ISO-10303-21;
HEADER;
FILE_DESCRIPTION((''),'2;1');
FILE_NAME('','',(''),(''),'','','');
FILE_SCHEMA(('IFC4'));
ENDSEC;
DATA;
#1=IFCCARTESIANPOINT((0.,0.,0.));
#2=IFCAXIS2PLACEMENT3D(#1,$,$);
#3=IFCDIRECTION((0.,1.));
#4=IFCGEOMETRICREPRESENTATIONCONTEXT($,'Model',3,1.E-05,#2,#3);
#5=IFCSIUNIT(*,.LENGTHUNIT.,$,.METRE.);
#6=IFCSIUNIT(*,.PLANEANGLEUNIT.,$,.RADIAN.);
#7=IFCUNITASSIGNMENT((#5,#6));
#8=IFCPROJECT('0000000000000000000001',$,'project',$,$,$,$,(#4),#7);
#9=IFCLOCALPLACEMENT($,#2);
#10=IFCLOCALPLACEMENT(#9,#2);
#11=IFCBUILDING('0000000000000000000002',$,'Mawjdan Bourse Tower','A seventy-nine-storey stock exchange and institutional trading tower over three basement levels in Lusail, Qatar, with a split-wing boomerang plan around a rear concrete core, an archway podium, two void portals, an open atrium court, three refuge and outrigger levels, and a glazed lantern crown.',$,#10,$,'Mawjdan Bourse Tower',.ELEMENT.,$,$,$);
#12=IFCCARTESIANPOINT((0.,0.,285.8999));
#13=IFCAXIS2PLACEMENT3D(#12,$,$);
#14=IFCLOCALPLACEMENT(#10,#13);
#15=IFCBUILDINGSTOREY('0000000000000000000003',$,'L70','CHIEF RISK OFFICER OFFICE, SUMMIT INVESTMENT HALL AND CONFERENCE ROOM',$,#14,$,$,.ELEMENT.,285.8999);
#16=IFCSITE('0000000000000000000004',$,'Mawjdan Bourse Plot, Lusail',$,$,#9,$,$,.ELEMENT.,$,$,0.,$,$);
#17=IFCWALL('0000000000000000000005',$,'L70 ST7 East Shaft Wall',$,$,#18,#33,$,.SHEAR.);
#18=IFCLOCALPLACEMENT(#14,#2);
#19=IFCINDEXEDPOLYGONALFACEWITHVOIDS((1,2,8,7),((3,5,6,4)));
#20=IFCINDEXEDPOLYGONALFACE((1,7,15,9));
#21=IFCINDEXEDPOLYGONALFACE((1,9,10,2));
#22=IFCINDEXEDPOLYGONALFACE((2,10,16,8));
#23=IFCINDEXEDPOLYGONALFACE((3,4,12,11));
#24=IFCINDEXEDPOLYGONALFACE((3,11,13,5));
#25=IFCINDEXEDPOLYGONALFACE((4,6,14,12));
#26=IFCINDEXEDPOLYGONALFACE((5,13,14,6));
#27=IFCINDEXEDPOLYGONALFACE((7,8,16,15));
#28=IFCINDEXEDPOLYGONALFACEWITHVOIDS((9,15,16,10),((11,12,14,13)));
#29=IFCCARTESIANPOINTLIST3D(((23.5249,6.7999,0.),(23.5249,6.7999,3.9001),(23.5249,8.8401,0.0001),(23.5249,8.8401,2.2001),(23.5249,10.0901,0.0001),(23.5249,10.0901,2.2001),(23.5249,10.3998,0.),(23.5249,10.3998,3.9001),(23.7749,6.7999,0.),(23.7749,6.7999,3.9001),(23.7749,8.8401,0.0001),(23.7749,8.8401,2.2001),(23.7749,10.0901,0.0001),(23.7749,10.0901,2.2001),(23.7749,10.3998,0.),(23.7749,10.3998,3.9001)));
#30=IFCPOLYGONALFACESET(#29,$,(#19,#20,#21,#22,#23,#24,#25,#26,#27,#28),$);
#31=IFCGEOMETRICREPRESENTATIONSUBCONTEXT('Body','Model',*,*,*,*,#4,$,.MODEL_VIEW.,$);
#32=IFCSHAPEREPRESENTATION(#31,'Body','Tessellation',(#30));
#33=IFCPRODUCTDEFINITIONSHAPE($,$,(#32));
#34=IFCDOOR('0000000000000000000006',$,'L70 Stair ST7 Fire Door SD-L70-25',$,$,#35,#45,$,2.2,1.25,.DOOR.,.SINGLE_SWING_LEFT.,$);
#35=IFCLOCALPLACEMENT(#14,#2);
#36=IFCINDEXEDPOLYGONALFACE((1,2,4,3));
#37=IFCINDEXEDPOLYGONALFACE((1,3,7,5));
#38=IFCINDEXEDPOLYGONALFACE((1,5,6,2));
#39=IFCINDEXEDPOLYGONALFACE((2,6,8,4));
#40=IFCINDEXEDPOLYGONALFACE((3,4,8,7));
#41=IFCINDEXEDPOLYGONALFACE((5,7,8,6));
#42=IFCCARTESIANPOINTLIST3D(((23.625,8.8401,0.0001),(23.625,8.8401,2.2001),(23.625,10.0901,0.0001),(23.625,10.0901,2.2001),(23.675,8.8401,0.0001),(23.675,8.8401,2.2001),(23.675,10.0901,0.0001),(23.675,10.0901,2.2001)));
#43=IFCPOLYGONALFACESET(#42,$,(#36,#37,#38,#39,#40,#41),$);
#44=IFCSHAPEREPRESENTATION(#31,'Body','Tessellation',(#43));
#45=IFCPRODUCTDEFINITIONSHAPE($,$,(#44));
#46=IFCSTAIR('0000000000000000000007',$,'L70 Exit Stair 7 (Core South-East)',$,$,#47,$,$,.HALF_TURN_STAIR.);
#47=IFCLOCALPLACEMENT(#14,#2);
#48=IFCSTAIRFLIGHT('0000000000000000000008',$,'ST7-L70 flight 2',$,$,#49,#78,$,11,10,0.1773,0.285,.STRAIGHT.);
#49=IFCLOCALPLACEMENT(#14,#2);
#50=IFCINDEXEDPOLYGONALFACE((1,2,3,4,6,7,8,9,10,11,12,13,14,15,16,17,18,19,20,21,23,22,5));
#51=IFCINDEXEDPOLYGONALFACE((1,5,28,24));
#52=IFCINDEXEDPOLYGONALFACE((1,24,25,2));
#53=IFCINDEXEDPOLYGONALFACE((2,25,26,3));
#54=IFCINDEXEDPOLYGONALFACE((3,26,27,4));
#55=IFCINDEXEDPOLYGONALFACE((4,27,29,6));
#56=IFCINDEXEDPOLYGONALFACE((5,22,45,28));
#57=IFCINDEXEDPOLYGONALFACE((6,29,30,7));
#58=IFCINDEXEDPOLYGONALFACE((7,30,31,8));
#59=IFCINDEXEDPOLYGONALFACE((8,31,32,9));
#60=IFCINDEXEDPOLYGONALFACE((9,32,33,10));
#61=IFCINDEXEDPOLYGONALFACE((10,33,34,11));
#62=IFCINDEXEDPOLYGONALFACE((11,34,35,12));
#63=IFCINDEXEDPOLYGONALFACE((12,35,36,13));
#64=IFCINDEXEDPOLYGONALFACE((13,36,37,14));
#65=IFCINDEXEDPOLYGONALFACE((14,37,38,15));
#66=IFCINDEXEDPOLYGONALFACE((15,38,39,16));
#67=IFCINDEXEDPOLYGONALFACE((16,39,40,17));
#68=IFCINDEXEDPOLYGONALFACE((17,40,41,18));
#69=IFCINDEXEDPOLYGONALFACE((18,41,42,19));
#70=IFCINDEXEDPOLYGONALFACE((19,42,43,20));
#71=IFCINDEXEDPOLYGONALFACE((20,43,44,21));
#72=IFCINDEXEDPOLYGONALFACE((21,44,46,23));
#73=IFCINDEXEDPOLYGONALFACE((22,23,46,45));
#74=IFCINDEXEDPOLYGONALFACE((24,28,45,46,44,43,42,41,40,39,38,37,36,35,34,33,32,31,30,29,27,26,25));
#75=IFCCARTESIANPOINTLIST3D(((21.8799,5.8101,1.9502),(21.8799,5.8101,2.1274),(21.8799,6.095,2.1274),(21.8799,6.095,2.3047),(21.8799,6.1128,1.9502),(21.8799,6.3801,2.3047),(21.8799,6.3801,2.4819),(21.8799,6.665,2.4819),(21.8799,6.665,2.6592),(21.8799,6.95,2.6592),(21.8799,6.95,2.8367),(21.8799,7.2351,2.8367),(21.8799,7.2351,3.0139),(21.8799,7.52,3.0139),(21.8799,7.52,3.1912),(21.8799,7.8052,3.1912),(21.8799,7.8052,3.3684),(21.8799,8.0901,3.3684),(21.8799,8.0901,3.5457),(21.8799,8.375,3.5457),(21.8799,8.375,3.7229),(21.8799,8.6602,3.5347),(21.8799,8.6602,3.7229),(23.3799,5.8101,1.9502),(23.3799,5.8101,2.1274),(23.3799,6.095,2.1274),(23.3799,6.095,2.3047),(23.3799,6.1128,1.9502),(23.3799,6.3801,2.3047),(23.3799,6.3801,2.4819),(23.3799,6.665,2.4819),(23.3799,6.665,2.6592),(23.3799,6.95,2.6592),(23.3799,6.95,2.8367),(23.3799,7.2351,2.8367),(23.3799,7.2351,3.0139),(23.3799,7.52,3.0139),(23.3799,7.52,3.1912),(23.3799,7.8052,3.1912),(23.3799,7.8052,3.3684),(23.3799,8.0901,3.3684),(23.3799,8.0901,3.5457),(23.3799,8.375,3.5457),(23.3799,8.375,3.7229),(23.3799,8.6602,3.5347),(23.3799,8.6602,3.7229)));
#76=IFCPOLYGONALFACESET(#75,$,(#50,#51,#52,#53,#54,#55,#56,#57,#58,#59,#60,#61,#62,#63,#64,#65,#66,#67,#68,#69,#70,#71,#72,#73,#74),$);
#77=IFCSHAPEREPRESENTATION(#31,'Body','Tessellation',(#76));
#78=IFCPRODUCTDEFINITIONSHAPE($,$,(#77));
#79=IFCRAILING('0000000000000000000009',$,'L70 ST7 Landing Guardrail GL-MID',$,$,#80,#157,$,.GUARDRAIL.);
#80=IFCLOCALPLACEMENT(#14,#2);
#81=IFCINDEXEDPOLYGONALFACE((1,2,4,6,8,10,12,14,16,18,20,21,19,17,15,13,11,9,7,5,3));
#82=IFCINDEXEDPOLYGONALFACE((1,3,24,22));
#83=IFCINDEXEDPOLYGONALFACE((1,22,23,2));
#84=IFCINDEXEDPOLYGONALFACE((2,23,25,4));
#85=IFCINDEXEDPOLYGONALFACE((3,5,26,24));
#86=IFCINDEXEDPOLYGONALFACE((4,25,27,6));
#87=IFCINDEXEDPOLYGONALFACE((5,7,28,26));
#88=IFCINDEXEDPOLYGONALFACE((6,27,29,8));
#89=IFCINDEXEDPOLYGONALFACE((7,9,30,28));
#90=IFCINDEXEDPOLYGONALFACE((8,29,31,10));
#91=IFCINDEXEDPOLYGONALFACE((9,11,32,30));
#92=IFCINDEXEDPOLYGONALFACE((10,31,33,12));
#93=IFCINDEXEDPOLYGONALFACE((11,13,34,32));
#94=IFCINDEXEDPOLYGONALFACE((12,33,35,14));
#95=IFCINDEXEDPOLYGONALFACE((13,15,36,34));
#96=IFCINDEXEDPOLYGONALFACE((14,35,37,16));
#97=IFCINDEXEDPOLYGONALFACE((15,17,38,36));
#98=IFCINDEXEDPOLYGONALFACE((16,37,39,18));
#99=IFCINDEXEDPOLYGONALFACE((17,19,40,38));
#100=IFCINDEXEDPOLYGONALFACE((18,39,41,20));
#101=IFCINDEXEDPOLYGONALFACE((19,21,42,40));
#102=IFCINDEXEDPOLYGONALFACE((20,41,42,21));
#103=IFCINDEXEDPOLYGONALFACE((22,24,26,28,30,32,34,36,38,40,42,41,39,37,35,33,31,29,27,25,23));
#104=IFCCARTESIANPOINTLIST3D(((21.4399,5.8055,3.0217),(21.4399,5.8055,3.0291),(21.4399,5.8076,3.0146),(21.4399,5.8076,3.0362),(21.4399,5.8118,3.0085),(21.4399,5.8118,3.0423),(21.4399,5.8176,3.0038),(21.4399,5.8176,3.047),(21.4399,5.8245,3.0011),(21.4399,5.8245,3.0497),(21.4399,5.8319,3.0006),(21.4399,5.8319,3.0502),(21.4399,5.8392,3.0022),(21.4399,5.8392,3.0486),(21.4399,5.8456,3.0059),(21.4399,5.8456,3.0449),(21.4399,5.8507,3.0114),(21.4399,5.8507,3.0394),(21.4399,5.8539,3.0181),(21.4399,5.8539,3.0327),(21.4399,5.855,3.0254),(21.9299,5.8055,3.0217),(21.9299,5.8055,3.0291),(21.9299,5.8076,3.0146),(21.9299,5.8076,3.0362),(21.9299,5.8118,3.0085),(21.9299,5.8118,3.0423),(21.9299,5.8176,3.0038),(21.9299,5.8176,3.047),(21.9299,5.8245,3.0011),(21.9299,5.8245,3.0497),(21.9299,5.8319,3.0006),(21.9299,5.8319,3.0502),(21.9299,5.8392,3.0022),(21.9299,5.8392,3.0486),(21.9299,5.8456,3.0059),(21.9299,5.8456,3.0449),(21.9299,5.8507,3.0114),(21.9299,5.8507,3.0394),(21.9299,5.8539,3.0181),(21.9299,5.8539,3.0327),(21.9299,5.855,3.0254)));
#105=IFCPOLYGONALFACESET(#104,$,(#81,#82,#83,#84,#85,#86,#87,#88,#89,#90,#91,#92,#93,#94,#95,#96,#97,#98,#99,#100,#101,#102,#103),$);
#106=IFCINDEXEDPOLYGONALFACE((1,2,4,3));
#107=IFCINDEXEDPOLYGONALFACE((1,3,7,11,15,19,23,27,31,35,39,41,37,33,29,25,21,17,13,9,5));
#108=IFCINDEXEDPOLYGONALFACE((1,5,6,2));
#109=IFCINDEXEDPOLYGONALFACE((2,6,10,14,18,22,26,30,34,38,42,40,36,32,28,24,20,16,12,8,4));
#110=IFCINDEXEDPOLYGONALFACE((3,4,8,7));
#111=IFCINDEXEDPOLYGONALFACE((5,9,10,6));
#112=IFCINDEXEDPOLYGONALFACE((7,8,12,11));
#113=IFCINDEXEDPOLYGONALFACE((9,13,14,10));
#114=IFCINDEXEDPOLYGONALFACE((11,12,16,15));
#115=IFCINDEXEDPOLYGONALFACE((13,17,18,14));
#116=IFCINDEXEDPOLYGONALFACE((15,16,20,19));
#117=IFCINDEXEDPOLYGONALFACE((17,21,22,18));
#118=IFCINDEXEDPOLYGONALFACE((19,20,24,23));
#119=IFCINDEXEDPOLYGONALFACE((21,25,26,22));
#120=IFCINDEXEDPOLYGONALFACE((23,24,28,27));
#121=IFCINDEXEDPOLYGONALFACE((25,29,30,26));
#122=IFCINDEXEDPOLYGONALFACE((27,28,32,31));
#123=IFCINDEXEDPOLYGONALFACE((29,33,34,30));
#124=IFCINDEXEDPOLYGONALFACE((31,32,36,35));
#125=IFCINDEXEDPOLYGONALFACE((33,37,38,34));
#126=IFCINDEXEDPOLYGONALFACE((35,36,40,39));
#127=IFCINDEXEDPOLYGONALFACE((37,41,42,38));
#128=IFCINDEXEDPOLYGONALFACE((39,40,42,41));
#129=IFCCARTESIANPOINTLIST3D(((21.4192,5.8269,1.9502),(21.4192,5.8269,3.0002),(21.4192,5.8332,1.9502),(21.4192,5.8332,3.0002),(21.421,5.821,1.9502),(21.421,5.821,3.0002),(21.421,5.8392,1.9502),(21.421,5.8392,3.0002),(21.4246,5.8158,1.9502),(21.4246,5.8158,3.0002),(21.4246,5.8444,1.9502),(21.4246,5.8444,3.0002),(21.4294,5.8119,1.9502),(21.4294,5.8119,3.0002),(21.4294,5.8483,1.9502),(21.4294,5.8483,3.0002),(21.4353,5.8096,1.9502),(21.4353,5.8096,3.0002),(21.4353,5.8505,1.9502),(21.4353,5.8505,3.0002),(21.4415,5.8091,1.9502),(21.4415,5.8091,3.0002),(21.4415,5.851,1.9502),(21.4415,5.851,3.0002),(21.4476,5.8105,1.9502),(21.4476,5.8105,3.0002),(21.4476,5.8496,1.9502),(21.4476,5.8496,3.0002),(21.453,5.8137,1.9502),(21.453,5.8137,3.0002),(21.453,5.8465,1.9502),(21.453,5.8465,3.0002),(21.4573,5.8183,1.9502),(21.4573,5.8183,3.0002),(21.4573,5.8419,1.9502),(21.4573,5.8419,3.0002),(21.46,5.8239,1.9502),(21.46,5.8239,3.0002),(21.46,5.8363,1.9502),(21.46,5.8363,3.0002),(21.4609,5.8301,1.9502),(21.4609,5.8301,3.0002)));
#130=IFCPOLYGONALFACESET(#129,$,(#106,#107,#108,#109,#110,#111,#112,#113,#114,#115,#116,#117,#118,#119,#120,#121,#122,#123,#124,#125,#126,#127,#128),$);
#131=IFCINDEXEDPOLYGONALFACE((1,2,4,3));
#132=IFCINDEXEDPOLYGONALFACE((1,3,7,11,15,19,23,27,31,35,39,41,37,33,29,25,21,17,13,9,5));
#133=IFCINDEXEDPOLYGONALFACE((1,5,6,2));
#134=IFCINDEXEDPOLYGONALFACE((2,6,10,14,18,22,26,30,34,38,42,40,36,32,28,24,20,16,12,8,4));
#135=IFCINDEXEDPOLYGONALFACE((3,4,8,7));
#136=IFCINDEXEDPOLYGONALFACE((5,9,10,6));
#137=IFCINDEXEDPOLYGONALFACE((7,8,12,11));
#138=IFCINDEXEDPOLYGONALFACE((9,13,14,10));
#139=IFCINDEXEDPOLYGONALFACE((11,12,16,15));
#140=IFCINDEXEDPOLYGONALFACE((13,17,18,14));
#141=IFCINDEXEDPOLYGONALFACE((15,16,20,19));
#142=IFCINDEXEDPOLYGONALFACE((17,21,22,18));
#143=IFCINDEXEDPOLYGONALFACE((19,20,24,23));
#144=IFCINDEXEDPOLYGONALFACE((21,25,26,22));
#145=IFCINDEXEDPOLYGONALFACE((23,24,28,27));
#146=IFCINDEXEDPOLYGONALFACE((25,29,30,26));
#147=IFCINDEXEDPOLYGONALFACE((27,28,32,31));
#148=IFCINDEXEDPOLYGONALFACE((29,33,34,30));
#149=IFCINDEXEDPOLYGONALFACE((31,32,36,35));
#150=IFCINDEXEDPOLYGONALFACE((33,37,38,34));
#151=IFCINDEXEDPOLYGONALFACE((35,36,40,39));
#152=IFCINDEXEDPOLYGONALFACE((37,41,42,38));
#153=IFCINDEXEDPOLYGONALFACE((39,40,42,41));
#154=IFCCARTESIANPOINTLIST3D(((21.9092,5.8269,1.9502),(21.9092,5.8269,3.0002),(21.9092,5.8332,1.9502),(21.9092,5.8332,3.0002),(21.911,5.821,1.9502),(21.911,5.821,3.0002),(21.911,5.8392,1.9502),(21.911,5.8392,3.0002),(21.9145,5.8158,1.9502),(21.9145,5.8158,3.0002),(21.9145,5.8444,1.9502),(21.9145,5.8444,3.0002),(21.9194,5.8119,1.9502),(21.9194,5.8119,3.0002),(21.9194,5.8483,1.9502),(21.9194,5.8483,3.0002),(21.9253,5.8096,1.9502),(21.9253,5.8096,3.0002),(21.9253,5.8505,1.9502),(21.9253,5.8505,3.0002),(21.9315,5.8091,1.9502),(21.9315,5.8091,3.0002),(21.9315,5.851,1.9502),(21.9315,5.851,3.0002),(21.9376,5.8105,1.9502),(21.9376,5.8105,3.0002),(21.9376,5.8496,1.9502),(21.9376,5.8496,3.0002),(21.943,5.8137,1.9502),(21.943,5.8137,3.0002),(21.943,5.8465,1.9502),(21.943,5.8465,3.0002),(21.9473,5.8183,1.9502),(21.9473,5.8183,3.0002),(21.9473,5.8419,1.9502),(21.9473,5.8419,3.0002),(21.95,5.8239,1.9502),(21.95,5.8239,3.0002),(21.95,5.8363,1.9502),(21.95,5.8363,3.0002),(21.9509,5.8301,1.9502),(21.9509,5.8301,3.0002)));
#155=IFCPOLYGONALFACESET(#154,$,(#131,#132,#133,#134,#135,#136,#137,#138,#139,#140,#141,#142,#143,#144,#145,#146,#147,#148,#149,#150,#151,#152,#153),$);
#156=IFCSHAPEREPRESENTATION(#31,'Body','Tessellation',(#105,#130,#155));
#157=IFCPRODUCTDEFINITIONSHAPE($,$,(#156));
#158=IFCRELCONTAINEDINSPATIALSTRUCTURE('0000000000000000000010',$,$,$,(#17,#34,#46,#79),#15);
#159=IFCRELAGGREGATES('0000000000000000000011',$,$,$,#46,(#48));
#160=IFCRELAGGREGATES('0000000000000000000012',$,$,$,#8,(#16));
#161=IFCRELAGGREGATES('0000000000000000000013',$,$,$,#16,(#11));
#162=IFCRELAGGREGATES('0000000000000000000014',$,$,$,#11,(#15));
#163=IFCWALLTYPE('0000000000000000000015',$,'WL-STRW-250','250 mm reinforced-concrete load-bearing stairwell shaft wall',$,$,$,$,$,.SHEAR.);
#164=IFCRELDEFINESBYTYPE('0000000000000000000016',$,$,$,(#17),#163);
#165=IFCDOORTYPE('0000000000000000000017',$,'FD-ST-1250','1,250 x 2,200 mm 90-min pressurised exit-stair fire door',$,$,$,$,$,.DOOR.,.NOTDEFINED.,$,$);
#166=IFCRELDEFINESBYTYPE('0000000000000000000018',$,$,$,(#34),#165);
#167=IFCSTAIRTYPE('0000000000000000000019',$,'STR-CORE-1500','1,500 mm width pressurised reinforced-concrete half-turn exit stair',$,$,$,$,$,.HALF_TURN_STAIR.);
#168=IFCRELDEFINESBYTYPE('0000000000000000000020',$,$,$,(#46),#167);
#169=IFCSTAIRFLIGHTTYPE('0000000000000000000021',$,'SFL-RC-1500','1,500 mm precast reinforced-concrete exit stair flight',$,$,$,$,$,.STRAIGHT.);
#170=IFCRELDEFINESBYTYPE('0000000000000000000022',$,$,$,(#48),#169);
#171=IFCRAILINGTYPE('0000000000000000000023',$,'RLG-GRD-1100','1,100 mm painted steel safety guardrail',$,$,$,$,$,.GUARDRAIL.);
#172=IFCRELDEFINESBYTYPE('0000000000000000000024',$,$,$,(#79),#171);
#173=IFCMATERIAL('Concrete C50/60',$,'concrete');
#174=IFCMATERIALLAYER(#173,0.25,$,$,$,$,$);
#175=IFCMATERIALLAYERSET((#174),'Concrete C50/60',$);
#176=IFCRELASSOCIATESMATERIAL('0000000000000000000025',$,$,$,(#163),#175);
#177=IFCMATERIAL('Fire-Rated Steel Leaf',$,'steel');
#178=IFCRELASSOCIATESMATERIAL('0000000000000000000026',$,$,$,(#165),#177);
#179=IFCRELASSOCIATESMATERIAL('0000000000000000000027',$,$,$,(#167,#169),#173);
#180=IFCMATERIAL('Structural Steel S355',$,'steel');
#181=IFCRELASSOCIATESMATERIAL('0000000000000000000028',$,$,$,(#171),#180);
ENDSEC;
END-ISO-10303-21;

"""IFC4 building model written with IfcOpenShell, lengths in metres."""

from ifc_helpers import new_model, si_unit, direction, frame, frame_2d, origin, origin_2d, place, context, subcontext, project, spatial, polyline, rectangle, circle, outline, extrude, material, layer, layer_set, type_object, element, fill, aggregate, save


model = new_model("IFC4")

# Units and contexts
model_context = context("Model", 3, precision=1e-05, world=origin(), true_north=direction((0.0, 1.0)))
body_context = subcontext(model_context, "Body", "Model", "MODEL_VIEW")
ifc_project = project(units=[si_unit("LENGTHUNIT", "METRE"), si_unit("PLANEANGLEUNIT", "RADIAN")], contexts=[model_context])

# Site, building, storey
site_placement = place(None, origin())
site = spatial("IfcSite", under=ifc_project, at=site_placement, Name="Mawjdan Bourse Plot, Lusail", CompositionType="ELEMENT", RefElevation=0.0)
building_placement = place(site_placement, origin())
building = spatial("IfcBuilding", under=site, at=building_placement, Name="Mawjdan Bourse Tower", Description="A seventy-nine-storey stock exchange and institutional trading tower over three basement levels in Lusail, Qatar, with a split-wing boomerang plan around a rear concrete core, an archway podium, two void portals, an open atrium court, three refuge and outrigger levels, and a glazed lantern crown.", LongName="Mawjdan Bourse Tower", CompositionType="ELEMENT")
storey_placement = place(building_placement, frame((0.0, 0.0, 285.8999)))
storey = spatial("IfcBuildingStorey", under=building, at=storey_placement, Name="L70", Description="CHIEF RISK OFFICER OFFICE, SUMMIT INVESTMENT HALL AND CONFERENCE ROOM", CompositionType="ELEMENT", Elevation=285.8999)

# Shared definitions
ifc_material_1 = material(Name="Structural Steel S355", Category="steel")

# Wall, opening, door
ifc_material_2 = material(Name="Concrete C50/60", Category="concrete")
ifc_layer_1 = layer(ifc_material_2, 0.25)
ifc_layer_set_1 = layer_set([ifc_layer_1], Name="Concrete C50/60")
wall_type_1 = type_object("IfcWallType", Name="WL-STRW-250", Description="250 mm reinforced-concrete load-bearing stairwell shaft wall", PredefinedType="SHEAR", material=ifc_layer_set_1)
wall_1_placement = place(storey_placement, frame((23.6499, 6.8, 0.0), z_axis=(0.0, 0.0, 1.0), x_axis=(0.0, 1.0, 0.0)))
wall_1 = element("IfcWall", 1, at=wall_1_placement, inside=storey, type_object=wall_type_1, Name="L70 ST7 East Shaft Wall", PredefinedType="SHEAR", context=body_context, shape_type="SweptSolid", body=[
    extrude(rectangle(XDim=3.5999, YDim=0.25, at=frame_2d((1.7998, 0.0))), origin(), (0.0, 0.0, 1.0), 3.9001),
])
opening_1_placement = place(wall_1_placement, frame((2.04, 0.0, 0.0)))
opening_1 = element("IfcOpeningElement", 2, at=opening_1_placement, cuts=wall_1, PredefinedType="OPENING", context=body_context, shape_type="SweptSolid", body=[
    extrude(rectangle(XDim=1.25, YDim=2.2, at=frame_2d((0.625, 1.1001))), frame((0.0, 0.135, 0.0), z_axis=(0.0, -1.0, 0.0), x_axis=(1.0, 0.0, 0.0)), (0.0, 0.0, 1.0), 0.27),
])
ifc_material_3 = material(Name="Fire-Rated Steel Leaf", Category="steel")
door_type_1 = type_object("IfcDoorType", Name="FD-ST-1250", Description="1,250 x 2,200 mm 90-min pressurised exit-stair fire door", OperationType="NOTDEFINED", PredefinedType="DOOR", material=ifc_material_3)
door_1_placement = place(opening_1_placement, origin())
door_1 = element("IfcDoor", 3, at=door_1_placement, inside=storey, type_object=door_type_1, Name="L70 Stair ST7 Fire Door SD-L70-25", OperationType="SINGLE_SWING_LEFT", OverallHeight=2.2, OverallWidth=1.25, PredefinedType="DOOR", context=body_context, shape_type="SweptSolid", body=[
    extrude(rectangle(XDim=1.25, YDim=2.2, at=frame_2d((0.625, 1.1001))), frame((0.0, 0.0249, 0.0), z_axis=(0.0, -1.0, 0.0), x_axis=(1.0, 0.0, 0.0)), (0.0, 0.0, 1.0), 0.05),
])
fill(opening_1, door_1)

# Stair, stair flight
stair_type = type_object("IfcStairType", Name="STR-CORE-1500", Description="1,500 mm width pressurised reinforced-concrete half-turn exit stair", PredefinedType="HALF_TURN_STAIR", material=ifc_material_2)
stair_placement = place(storey_placement, origin())
stair = element("IfcStair", 4, at=stair_placement, inside=storey, type_object=stair_type, Name="L70 Exit Stair 7 (Core South-East)", PredefinedType="HALF_TURN_STAIR")
stair_flight_type = type_object("IfcStairFlightType", Name="SFL-RC-1500", Description="1,500 mm precast reinforced-concrete exit stair flight", PredefinedType="STRAIGHT", material=ifc_material_2)
stair_flight_placement = place(storey_placement, frame((22.6299, 5.8101, 1.9502), z_axis=(0.0, 0.0, 1.0), x_axis=(0.0, 1.0, 0.0)))
stair_flight = element("IfcStairFlight", 5, at=stair_flight_placement, type_object=stair_flight_type, Name="ST7-L70 flight 2", NumberOfRisers=11, NumberOfTreads=10, PredefinedType="STRAIGHT", RiserHeight=0.1773, TreadLength=0.285, context=body_context, shape_type="SweptSolid", body=[
    extrude(outline(polyline([(0.0, 0.0), (0.0, 0.1772), (0.2849, 0.1772), (0.2849, 0.3545), (0.5701, 0.3545), (0.5701, 0.5317), (0.855, 0.5317), (0.855, 0.709), (1.1399, 0.709), (1.1399, 0.8865), (1.425, 0.8865), (1.425, 1.0637), (1.71, 1.0637), (1.71, 1.241), (1.9951, 1.241), (1.9951, 1.4182), (2.28, 1.4182), (2.28, 1.5955), (2.5649, 1.5955), (2.5649, 1.7727), (2.8501, 1.7727), (2.8501, 1.95), (2.8501, 1.5845), (0.3027, 0.0), (0.0, 0.0)])), frame((0.0, 0.75, 0.0), z_axis=(0.0, -1.0, 0.0), x_axis=(1.0, 0.0, 0.0)), (0.0, 0.0, 1.0), 1.5),
])
aggregate(stair, [stair_flight])

# Railing
railing_type_1 = type_object("IfcRailingType", Name="RLG-GRD-1100", Description="1,100 mm painted steel safety guardrail", PredefinedType="GUARDRAIL", material=ifc_material_1)
for number, where, name in (
    (6, (21.4399, 5.8301, 1.9502), "L70 ST7 Landing Guardrail GL-MID"),
):
    element("IfcRailing", number, at=place(storey_placement, frame(where)), inside=storey, type_object=railing_type_1, Name=name, PredefinedType="GUARDRAIL", context=body_context, shape_type="SweptSolid", body=[
        extrude(circle(Radius=0.0249, at=origin_2d()), frame((0.0, 0.0, 1.0752), z_axis=(1.0, 0.0, 0.0), x_axis=(0.0, 1.0, 0.0)), (0.0, 0.0, 1.0), 0.49),
        extrude(circle(Radius=0.021, at=origin_2d()), origin(), (0.0, 0.0, 1.0), 1.05),
        extrude(circle(Radius=0.021, at=origin_2d()), frame((0.49, 0.0, 0.0)), (0.0, 0.0, 1.0), 1.05),
    ])

save(model, "model.ifc")
